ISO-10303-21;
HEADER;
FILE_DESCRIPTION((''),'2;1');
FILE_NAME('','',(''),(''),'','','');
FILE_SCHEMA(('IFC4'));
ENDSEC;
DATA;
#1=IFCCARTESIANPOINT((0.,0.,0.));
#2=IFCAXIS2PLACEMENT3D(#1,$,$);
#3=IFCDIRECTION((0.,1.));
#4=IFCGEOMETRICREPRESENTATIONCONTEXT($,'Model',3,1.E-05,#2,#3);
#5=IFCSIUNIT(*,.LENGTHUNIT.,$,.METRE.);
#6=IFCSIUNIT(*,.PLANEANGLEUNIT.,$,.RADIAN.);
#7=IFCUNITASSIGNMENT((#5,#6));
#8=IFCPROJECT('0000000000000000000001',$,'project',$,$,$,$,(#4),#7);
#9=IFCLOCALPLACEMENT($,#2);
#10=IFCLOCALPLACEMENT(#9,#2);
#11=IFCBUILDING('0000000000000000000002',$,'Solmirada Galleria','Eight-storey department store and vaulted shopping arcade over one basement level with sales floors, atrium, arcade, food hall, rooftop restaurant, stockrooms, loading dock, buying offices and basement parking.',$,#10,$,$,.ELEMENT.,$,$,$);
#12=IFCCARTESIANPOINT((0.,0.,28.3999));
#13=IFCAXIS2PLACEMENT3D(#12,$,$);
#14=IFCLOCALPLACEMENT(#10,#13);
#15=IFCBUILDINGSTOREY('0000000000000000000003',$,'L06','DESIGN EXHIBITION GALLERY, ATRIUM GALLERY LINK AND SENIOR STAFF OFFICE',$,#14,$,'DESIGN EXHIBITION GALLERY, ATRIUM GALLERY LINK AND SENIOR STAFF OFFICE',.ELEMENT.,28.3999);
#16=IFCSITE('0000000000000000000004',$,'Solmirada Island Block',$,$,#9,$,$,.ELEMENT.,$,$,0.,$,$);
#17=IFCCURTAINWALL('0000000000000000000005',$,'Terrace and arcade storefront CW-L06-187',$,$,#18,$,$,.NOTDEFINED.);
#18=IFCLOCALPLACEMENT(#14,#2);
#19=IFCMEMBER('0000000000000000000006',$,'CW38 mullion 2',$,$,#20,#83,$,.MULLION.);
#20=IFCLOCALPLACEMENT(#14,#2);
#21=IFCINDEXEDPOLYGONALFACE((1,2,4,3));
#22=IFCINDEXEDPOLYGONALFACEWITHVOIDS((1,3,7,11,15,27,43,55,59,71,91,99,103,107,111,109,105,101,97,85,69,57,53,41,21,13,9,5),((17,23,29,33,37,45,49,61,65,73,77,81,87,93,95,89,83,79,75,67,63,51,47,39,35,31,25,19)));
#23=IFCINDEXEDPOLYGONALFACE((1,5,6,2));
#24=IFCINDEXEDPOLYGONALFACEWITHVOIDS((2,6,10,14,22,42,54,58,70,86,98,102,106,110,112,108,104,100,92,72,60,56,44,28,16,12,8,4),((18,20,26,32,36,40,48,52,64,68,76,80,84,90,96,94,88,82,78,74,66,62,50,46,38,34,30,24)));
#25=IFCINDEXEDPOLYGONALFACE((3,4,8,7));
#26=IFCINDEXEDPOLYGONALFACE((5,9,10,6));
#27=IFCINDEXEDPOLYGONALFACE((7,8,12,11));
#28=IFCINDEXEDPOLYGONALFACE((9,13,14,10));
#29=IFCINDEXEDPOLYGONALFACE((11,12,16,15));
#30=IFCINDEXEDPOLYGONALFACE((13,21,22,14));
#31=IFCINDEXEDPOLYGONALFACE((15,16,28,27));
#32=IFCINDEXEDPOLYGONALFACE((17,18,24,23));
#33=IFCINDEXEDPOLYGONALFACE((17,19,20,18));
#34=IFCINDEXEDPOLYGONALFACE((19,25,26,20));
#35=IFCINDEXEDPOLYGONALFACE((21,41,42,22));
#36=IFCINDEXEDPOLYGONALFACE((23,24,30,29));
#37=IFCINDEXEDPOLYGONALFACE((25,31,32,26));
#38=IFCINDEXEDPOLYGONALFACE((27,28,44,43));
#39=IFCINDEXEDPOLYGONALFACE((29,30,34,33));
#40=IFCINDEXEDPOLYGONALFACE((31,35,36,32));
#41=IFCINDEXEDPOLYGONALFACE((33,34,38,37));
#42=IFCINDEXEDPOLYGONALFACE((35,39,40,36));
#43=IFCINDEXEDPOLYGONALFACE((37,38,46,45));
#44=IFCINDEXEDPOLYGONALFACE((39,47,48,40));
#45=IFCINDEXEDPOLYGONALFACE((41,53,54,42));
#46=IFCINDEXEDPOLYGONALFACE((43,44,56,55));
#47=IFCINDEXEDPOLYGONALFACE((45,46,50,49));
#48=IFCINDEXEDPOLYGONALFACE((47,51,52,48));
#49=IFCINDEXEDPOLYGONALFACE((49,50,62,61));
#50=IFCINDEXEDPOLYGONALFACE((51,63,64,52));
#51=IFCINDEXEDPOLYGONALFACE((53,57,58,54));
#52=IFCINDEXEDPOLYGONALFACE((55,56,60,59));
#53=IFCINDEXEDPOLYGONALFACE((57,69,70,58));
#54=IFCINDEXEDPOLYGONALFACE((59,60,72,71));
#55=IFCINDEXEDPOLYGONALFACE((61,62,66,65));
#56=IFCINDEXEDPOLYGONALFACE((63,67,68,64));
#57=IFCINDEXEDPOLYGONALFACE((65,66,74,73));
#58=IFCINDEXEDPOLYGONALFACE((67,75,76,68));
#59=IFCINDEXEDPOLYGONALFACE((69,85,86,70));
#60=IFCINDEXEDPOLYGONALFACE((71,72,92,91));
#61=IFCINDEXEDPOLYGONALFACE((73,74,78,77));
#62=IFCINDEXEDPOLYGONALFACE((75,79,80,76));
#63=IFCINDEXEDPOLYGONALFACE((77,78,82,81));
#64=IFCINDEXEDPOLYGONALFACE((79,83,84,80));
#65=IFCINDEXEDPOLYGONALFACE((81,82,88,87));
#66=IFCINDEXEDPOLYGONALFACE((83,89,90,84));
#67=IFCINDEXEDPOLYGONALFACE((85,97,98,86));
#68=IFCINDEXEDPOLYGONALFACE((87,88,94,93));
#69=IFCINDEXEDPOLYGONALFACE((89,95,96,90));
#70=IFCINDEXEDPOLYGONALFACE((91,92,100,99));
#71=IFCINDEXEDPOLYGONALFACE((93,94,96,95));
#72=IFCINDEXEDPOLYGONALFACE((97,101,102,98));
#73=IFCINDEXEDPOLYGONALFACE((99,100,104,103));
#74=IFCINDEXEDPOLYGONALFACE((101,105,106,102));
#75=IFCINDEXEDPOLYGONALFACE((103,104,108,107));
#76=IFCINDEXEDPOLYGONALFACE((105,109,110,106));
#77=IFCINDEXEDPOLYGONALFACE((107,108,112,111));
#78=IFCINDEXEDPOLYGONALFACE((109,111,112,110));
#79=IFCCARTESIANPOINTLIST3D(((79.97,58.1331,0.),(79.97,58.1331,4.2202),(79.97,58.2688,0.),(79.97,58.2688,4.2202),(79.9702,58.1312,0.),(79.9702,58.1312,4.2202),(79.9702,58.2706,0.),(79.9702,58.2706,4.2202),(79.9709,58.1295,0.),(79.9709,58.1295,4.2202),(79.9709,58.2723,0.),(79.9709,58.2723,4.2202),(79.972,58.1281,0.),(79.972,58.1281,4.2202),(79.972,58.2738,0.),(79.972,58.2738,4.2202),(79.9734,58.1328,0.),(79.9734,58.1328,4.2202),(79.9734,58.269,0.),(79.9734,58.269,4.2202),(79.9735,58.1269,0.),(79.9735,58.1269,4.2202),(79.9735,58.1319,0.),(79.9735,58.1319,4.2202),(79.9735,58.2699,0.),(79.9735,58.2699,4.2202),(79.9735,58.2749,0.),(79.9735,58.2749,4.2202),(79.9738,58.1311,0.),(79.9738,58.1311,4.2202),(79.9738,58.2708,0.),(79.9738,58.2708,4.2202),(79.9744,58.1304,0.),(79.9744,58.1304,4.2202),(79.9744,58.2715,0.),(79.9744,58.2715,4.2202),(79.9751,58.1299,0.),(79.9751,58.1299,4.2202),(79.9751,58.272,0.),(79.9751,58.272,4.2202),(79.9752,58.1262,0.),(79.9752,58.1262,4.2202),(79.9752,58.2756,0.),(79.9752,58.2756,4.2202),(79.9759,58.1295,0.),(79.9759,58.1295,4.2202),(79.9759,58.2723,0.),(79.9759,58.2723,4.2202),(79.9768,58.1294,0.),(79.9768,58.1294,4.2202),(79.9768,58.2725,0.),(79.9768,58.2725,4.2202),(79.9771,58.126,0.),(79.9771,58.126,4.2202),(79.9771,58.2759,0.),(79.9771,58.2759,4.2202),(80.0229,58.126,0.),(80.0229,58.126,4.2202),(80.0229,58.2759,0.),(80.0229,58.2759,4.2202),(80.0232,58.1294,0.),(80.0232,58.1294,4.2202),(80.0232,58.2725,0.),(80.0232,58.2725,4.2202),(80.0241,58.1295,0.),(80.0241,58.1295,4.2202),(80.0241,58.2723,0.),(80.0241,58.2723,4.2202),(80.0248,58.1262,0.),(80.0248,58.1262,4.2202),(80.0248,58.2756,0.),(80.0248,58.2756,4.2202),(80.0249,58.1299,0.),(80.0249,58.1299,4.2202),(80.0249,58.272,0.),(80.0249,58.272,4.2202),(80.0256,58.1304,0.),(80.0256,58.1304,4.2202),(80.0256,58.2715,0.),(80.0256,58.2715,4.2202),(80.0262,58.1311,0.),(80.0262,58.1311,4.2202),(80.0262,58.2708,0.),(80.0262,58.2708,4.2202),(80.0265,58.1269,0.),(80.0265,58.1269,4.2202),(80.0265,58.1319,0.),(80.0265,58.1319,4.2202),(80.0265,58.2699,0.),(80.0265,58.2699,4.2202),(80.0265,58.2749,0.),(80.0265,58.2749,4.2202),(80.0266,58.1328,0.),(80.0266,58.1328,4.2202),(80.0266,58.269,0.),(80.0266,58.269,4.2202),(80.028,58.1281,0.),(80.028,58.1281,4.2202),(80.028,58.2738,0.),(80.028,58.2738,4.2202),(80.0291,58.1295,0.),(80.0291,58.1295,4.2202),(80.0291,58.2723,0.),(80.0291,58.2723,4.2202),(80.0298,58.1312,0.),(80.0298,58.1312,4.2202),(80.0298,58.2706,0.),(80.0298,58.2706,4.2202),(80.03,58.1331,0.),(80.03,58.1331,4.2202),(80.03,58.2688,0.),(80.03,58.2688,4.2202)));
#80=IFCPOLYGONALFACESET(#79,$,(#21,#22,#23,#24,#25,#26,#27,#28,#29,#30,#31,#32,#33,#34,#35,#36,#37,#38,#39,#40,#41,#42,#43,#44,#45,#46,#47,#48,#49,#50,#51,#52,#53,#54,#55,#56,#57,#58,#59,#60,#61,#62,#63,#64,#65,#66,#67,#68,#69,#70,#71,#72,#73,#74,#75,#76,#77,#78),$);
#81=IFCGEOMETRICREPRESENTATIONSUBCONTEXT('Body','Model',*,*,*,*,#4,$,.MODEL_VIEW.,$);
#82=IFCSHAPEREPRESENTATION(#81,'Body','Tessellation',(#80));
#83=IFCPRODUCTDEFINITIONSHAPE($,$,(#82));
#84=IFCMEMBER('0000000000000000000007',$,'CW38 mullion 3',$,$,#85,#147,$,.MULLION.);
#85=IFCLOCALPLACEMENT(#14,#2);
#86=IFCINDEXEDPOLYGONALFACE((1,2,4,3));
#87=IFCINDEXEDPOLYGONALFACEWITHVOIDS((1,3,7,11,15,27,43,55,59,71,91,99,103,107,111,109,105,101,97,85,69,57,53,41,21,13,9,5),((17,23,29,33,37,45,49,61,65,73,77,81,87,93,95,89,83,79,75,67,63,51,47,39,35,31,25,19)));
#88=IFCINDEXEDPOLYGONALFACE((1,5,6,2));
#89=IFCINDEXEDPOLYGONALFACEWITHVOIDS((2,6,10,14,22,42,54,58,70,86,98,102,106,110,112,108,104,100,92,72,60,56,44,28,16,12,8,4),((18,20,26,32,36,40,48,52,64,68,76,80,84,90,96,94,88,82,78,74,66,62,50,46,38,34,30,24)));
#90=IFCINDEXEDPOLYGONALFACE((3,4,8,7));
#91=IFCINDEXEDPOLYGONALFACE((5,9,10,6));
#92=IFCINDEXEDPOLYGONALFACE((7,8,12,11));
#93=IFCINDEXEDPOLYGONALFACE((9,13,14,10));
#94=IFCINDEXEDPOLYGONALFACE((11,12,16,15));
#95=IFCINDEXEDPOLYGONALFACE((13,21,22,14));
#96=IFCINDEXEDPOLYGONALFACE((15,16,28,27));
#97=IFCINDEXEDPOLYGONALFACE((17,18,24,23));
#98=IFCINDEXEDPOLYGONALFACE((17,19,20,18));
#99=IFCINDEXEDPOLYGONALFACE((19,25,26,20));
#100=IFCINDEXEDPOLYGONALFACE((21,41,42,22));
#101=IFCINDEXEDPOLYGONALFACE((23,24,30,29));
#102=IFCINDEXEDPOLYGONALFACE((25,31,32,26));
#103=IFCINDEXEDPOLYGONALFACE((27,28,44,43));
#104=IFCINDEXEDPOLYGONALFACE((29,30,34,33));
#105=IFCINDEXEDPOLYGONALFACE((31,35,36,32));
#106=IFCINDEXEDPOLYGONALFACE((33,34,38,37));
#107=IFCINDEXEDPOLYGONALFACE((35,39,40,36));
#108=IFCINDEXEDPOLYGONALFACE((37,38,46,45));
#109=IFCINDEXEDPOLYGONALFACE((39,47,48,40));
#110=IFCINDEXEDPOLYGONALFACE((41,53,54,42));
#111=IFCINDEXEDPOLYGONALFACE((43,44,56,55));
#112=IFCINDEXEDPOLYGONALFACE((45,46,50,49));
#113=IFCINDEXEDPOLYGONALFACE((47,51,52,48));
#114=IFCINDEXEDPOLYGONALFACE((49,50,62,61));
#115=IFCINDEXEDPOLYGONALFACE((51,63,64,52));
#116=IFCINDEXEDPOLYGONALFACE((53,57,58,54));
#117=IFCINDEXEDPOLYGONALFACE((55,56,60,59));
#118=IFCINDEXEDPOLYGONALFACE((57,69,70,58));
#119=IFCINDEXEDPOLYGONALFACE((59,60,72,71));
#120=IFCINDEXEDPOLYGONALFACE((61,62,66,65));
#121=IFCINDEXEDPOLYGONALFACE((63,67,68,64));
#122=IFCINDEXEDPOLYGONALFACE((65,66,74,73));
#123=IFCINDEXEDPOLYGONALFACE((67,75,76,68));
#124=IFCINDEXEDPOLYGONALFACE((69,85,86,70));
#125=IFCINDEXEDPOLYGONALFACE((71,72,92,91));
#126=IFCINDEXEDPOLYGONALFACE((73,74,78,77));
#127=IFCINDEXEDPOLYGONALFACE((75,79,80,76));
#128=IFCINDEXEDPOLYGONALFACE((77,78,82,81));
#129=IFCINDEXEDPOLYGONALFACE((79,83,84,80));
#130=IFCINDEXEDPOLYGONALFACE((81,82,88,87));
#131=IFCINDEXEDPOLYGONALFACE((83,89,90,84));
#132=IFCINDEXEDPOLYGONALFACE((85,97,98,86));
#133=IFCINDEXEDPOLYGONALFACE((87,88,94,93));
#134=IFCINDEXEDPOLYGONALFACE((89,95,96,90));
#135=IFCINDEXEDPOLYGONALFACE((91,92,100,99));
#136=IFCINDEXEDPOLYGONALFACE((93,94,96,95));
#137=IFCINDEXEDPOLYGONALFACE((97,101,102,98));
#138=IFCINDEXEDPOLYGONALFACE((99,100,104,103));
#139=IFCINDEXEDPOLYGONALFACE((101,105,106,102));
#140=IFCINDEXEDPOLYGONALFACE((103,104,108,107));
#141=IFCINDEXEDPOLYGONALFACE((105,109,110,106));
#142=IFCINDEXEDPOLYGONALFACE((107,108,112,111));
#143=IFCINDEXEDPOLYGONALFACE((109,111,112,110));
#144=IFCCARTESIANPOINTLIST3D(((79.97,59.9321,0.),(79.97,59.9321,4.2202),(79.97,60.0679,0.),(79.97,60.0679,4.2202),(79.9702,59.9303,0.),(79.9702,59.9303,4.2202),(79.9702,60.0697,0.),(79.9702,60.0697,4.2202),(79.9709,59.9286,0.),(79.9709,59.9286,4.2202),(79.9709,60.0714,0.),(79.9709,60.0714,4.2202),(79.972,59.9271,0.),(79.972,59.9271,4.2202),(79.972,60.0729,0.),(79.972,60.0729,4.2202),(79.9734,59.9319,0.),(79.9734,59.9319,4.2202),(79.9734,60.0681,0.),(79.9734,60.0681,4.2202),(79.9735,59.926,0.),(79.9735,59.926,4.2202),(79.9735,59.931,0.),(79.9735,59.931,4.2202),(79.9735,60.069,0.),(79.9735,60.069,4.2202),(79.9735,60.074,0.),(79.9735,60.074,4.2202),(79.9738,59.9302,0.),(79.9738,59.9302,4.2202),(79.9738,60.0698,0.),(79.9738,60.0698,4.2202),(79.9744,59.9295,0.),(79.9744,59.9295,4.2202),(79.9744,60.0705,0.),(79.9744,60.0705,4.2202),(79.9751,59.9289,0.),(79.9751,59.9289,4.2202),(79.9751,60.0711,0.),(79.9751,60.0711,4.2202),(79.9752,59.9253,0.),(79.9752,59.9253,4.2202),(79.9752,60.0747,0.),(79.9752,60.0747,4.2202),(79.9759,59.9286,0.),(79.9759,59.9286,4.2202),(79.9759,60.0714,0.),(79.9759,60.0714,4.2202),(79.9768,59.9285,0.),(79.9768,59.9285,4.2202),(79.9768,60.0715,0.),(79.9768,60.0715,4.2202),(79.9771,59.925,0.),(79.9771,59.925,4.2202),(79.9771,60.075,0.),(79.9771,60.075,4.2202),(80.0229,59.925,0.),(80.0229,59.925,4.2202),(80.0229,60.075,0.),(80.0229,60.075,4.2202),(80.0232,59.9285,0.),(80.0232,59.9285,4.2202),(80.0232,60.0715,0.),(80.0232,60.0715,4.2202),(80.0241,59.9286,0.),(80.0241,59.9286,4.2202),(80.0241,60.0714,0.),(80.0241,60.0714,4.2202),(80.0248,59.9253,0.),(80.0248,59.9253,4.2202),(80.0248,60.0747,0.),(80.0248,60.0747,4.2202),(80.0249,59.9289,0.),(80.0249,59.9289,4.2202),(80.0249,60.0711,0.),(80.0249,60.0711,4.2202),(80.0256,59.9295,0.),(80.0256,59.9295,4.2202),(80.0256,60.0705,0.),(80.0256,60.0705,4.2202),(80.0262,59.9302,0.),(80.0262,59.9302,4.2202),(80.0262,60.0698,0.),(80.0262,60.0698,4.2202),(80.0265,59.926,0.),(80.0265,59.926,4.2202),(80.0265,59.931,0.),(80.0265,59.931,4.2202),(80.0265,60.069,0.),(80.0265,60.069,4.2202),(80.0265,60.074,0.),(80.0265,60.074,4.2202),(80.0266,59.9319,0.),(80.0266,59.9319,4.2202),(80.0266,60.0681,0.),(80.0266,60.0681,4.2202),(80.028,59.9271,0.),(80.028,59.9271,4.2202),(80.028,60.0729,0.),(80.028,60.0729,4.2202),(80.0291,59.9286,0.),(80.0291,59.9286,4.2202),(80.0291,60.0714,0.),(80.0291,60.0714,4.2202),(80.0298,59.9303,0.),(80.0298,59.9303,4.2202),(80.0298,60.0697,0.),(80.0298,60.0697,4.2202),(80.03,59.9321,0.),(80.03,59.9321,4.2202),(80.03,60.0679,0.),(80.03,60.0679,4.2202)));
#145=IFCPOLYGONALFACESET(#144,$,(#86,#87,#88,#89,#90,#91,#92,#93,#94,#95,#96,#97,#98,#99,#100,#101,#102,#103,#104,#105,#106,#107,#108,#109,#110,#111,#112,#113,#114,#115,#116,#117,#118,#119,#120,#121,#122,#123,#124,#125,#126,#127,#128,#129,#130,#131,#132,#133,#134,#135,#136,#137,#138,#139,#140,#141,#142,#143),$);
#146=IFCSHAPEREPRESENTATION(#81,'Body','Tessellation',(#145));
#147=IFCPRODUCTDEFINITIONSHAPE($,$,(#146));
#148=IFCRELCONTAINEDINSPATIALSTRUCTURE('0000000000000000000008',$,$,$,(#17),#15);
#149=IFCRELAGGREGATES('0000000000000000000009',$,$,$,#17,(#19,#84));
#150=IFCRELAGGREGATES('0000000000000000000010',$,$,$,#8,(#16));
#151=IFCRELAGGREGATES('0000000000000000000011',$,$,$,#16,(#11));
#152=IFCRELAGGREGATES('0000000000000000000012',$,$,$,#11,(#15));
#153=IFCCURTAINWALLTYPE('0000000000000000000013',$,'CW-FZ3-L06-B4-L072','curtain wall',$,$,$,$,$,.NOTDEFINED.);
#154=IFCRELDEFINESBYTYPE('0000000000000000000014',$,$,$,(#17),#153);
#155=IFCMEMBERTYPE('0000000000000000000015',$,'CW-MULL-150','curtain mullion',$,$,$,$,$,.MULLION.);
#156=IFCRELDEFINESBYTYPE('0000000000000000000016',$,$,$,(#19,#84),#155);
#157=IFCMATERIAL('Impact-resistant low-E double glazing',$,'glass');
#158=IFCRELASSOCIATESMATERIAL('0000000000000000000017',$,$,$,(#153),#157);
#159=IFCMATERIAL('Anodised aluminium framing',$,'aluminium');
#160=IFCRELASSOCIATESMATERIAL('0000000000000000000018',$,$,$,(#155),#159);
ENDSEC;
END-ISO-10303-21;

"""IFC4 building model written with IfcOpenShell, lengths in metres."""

from ifc_helpers import new_model, si_unit, direction, frame, origin, origin_2d, place, context, subcontext, project, spatial, hollow_rectangle, extrude, material, material_profile, profile_set, type_object, element, aggregate, save


model = new_model("IFC4")

# Units and contexts
model_context = context("Model", 3, precision=1e-05, world=origin(), true_north=direction((0.0, 1.0)))
body_context = subcontext(model_context, "Body", "Model", "MODEL_VIEW")
ifc_project = project(units=[si_unit("LENGTHUNIT", "METRE"), si_unit("PLANEANGLEUNIT", "RADIAN")], contexts=[model_context])

# Site, building, storey
site_placement = place(None, origin())
site = spatial("IfcSite", under=ifc_project, at=site_placement, Name="Solmirada Island Block", CompositionType="ELEMENT", RefElevation=0.0)
building_placement = place(site_placement, origin())
building = spatial("IfcBuilding", under=site, at=building_placement, Name="Solmirada Galleria", Description="Eight-storey department store and vaulted shopping arcade over one basement level with sales floors, atrium, arcade, food hall, rooftop restaurant, stockrooms, loading dock, buying offices and basement parking.", CompositionType="ELEMENT")
storey_placement = place(building_placement, frame((0.0, 0.0, 28.3999)))
storey = spatial("IfcBuildingStorey", under=building, at=storey_placement, Name="L06", Description="DESIGN EXHIBITION GALLERY, ATRIUM GALLERY LINK AND SENIOR STAFF OFFICE", LongName="DESIGN EXHIBITION GALLERY, ATRIUM GALLERY LINK AND SENIOR STAFF OFFICE", CompositionType="ELEMENT", Elevation=28.3999)

# Shared definitions
ifc_material_1 = material(Name="Impact-resistant low-E double glazing", Category="glass")
curtain_wall_type = type_object("IfcCurtainWallType", Name="CW-FZ3-L06-B4-L072", Description="curtain wall", PredefinedType="NOTDEFINED", material=ifc_material_1)
ifc_material_2 = material(Name="Anodised aluminium framing", Category="aluminium")
ifc_material_profile_1 = material_profile(ifc_material_2, hollow_rectangle(XDim=0.0601, YDim=0.1499, WallThickness=0.0034, InnerFilletRadius=0.0034, OuterFilletRadius=0.0071, at=origin_2d()), Name="ALU-MULL-150X60")
ifc_profile_set_1 = profile_set([ifc_material_profile_1], Name="Anodised aluminium framing")
member_type_1 = type_object("IfcMemberType", Name="CW-MULL-150", Description="curtain mullion", PredefinedType="MULLION", material=ifc_profile_set_1)

# Curtain wall, members
curtain_wall_1_placement = place(storey_placement, origin())
curtain_wall_1 = element("IfcCurtainWall", 1, at=curtain_wall_1_placement, inside=storey, type_object=curtain_wall_type, Name="Terrace and arcade storefront CW-L06-187", PredefinedType="NOTDEFINED")
member_1_placement = place(storey_placement, frame((80.0, 58.2009, 0.0), z_axis=(0.0, 0.0, 1.0), x_axis=(-1.0, 0.0, 0.0)))
member_1 = element("IfcMember", 2, at=member_1_placement, type_object=member_type_1, Name="CW38 mullion 2", PredefinedType="MULLION", context=body_context, shape_type="SweptSolid", body=[
    extrude(hollow_rectangle(XDim=0.0601, YDim=0.1499, WallThickness=0.0034, InnerFilletRadius=0.0034, OuterFilletRadius=0.0071, at=origin_2d()), origin(), (0.0, 0.0, 1.0), 4.2202),
])
member_2_placement = place(storey_placement, frame((80.0, 60.0, 0.0), z_axis=(0.0, 0.0, 1.0), x_axis=(-1.0, 0.0, 0.0)))
member_2 = element("IfcMember", 3, at=member_2_placement, type_object=member_type_1, Name="CW38 mullion 3", PredefinedType="MULLION", context=body_context, shape_type="SweptSolid", body=[
    extrude(hollow_rectangle(XDim=0.0601, YDim=0.1499, WallThickness=0.0034, InnerFilletRadius=0.0034, OuterFilletRadius=0.0071, at=origin_2d()), origin(), (0.0, 0.0, 1.0), 4.2202),
])

aggregate(curtain_wall_1, [member_1, member_2])

save(model, "model.ifc")
